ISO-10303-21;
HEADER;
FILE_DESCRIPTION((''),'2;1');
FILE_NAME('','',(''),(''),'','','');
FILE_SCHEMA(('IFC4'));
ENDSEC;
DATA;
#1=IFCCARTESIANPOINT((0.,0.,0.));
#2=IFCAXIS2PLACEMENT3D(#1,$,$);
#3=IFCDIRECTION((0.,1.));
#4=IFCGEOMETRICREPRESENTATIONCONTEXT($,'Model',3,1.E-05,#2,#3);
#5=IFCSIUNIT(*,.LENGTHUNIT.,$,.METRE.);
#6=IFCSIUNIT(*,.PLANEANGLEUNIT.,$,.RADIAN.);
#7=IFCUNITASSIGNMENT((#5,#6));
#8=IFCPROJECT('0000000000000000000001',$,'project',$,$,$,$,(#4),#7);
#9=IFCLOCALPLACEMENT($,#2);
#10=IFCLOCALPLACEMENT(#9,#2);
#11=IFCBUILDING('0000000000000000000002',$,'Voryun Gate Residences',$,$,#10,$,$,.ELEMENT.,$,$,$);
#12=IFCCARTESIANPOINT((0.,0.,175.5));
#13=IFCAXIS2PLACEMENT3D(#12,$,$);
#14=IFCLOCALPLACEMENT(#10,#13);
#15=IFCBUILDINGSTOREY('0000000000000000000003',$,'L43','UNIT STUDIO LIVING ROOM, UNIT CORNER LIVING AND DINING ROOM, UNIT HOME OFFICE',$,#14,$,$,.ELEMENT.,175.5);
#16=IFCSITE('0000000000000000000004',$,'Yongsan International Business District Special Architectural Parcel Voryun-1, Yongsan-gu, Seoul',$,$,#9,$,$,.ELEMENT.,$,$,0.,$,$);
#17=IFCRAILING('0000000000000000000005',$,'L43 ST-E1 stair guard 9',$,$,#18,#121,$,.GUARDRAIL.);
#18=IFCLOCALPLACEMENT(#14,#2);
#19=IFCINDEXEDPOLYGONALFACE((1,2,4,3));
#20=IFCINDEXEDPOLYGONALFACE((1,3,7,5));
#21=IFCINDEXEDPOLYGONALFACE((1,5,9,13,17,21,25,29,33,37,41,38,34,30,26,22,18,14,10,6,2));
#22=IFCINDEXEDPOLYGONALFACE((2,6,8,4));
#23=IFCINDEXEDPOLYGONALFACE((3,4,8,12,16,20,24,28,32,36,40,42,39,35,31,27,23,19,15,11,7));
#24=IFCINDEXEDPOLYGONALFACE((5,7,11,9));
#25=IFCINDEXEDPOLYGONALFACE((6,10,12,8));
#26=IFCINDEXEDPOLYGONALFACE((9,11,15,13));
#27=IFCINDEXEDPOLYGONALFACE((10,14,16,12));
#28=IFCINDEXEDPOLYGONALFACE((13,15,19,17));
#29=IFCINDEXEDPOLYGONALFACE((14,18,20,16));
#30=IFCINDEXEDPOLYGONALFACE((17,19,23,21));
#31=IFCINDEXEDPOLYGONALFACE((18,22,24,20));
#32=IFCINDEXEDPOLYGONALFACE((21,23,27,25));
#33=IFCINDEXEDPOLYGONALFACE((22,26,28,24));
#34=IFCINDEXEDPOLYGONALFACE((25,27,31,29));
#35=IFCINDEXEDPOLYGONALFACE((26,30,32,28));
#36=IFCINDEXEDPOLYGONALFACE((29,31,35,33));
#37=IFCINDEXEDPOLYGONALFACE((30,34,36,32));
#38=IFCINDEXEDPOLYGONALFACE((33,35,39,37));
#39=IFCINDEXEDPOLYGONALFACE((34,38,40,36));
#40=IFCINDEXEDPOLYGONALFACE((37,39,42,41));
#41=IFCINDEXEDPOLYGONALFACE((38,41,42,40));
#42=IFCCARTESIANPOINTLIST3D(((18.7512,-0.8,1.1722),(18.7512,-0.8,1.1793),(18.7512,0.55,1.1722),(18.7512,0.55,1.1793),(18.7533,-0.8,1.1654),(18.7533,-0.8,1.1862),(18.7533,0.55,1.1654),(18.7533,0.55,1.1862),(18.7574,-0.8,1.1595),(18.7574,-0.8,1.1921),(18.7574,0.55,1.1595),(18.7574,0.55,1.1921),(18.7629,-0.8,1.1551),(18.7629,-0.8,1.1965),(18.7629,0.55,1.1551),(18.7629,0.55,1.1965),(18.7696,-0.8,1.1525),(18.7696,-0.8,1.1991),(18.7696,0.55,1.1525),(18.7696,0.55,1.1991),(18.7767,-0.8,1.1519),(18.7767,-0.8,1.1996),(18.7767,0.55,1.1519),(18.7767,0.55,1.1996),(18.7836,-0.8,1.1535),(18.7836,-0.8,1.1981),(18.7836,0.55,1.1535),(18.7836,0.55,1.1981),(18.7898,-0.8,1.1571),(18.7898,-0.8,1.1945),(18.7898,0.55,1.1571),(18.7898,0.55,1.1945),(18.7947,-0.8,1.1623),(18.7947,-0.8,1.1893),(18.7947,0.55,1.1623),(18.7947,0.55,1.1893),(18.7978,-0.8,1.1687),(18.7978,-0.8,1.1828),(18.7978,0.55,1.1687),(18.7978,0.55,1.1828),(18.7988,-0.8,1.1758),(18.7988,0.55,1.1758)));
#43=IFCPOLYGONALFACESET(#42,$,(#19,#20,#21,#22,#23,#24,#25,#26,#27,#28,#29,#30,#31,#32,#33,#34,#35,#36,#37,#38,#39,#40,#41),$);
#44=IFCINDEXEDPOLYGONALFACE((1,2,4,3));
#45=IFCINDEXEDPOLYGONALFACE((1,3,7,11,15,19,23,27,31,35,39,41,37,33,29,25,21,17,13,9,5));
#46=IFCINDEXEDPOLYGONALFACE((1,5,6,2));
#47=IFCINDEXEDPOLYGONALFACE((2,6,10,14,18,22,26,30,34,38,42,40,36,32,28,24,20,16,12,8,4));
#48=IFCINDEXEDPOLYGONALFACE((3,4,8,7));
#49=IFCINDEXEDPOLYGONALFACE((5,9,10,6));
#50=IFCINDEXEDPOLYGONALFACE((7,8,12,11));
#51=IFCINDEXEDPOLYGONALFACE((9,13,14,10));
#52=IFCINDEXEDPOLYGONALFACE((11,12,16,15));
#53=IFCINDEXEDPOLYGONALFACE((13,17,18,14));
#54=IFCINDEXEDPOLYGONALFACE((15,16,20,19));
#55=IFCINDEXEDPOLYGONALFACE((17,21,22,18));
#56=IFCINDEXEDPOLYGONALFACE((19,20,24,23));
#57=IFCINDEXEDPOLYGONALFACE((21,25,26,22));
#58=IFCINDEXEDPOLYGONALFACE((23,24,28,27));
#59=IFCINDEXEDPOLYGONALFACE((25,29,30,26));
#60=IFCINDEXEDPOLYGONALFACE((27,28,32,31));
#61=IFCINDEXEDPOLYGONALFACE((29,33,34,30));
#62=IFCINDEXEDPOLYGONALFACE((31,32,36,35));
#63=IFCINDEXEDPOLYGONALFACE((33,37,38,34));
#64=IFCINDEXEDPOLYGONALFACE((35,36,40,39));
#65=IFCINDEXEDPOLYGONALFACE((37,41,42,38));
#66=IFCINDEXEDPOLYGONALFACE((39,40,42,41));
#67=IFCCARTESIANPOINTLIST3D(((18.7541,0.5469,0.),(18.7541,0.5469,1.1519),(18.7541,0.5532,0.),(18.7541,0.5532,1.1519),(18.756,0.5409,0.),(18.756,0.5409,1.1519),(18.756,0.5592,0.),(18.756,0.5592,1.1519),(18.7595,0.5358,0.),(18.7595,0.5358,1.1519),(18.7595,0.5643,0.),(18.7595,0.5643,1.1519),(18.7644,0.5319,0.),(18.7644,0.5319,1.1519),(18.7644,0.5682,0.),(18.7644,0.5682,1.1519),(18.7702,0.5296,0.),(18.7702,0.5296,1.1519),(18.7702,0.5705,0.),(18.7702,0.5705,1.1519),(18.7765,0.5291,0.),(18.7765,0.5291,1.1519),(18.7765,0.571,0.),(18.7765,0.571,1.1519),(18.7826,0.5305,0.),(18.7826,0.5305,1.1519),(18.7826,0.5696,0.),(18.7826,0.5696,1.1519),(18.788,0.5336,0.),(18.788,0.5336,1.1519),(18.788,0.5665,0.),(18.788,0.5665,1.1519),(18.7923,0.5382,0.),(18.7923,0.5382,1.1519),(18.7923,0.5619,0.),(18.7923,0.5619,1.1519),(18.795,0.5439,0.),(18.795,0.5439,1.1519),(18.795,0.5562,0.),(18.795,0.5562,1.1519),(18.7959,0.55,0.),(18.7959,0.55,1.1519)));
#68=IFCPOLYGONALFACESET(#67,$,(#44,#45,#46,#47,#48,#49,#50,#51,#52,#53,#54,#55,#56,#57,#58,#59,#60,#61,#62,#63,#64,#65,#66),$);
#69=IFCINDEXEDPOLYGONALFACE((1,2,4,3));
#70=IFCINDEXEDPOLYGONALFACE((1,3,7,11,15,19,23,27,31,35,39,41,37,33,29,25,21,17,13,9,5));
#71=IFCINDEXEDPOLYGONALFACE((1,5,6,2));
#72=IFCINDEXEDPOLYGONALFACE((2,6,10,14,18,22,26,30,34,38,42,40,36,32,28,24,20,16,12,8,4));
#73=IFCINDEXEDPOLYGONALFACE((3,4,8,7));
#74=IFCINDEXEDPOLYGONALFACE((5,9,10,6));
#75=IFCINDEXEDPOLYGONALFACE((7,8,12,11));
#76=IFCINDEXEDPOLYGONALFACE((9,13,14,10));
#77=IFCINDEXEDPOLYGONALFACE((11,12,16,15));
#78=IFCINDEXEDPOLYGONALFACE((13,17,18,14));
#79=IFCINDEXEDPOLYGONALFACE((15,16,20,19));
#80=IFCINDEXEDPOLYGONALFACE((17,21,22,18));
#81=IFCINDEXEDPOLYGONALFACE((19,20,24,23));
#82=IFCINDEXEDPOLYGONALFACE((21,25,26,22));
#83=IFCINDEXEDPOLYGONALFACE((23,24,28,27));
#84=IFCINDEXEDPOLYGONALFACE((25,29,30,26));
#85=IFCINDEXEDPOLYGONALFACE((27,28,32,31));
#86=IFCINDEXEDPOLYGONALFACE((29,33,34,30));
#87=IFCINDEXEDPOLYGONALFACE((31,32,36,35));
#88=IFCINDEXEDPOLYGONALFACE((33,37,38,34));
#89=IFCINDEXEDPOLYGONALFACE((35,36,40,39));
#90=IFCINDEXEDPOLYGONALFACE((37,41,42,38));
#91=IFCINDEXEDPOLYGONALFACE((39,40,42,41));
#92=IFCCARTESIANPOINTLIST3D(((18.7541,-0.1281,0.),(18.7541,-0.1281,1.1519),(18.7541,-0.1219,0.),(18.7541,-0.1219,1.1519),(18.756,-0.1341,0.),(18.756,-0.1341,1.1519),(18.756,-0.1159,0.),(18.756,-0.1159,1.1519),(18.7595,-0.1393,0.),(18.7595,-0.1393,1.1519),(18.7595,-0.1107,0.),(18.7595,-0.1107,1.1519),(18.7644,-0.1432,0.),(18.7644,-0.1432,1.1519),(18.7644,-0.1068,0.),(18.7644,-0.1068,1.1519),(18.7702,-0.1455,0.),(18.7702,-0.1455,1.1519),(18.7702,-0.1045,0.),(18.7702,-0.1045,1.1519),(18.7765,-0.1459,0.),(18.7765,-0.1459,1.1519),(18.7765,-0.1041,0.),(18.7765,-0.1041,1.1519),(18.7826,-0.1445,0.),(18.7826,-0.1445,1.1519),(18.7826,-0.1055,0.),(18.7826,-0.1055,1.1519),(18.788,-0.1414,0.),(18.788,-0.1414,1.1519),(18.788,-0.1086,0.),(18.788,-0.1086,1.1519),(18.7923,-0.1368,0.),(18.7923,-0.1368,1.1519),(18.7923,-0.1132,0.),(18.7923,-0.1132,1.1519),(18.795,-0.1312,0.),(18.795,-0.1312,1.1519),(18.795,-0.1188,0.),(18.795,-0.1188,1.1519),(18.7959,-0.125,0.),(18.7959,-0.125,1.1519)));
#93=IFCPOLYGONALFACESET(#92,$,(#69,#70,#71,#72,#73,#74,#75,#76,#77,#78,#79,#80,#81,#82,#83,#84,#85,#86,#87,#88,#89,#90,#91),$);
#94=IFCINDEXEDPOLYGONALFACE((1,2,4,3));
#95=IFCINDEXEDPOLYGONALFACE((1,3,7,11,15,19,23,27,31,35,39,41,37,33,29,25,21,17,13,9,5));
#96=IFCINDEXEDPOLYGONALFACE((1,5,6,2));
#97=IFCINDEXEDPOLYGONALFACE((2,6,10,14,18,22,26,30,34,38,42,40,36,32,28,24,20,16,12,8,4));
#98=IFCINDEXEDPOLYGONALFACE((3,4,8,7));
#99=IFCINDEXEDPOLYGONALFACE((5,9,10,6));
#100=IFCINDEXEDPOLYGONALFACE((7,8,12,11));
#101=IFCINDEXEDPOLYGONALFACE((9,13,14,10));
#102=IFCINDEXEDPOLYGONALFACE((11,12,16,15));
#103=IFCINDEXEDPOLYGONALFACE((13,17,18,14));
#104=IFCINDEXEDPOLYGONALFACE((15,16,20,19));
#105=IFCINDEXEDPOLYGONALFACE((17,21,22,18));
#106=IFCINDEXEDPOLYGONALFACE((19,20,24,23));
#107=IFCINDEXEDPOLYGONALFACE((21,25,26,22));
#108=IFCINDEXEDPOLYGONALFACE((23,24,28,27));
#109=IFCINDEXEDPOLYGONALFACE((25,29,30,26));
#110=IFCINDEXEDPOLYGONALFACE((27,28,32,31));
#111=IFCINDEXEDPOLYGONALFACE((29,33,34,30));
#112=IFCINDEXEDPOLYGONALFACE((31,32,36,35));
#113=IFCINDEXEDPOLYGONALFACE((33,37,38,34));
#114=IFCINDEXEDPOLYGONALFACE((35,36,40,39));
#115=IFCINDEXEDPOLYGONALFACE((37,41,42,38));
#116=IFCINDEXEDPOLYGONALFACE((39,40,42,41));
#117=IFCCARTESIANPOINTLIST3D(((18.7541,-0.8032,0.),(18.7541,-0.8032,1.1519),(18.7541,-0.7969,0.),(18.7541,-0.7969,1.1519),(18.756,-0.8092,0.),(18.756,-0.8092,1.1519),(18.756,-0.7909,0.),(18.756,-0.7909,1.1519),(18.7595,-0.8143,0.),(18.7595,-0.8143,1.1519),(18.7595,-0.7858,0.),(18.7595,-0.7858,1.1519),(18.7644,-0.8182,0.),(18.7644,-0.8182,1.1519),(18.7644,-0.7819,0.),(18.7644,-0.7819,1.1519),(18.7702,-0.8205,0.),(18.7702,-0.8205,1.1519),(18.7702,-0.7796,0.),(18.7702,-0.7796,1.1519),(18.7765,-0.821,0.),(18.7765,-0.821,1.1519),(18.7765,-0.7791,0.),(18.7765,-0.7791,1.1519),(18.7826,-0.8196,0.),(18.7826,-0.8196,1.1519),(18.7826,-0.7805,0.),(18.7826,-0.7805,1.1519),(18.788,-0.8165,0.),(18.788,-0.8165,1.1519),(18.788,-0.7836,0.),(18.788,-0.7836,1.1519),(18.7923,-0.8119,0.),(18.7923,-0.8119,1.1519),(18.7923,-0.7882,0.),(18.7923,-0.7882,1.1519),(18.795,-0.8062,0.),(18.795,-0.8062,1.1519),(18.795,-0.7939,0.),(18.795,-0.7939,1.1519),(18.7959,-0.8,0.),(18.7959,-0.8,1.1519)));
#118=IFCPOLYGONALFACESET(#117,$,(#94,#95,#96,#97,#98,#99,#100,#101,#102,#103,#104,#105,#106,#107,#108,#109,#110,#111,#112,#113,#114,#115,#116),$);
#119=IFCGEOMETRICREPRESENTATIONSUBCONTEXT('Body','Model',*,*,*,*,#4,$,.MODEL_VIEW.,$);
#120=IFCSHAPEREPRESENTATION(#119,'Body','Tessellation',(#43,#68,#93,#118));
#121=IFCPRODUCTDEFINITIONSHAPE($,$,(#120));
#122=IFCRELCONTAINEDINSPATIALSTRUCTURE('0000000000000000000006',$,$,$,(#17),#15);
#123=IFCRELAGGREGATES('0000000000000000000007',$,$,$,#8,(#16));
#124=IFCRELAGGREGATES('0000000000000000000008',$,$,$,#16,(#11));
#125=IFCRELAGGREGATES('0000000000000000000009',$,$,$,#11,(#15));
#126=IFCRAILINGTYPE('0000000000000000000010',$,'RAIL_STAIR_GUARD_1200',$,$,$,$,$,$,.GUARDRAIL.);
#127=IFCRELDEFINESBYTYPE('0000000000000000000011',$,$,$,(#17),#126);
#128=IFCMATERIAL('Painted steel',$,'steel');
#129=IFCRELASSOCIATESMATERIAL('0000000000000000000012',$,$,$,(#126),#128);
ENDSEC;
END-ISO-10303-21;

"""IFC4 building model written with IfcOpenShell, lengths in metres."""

from ifc_helpers import new_model, si_unit, direction, frame, origin, origin_2d, place, context, subcontext, project, spatial, circle, extrude, material, type_object, element, save


model = new_model("IFC4")

# Units and contexts
model_context = context("Model", 3, precision=1e-05, world=origin(), true_north=direction((0.0, 1.0)))
body_context = subcontext(model_context, "Body", "Model", "MODEL_VIEW")
ifc_project = project(units=[si_unit("LENGTHUNIT", "METRE"), si_unit("PLANEANGLEUNIT", "RADIAN")], contexts=[model_context])

# Site, building, storey
site_placement = place(None, origin())
site = spatial("IfcSite", under=ifc_project, at=site_placement, Name="Yongsan International Business District Special Architectural Parcel Voryun-1, Yongsan-gu, Seoul", CompositionType="ELEMENT", RefElevation=0.0)
building_placement = place(site_placement, origin())
building = spatial("IfcBuilding", under=site, at=building_placement, Name="Voryun Gate Residences", CompositionType="ELEMENT")
storey_placement = place(building_placement, frame((0.0, 0.0, 175.5)))
storey = spatial("IfcBuildingStorey", under=building, at=storey_placement, Name="L43", Description="UNIT STUDIO LIVING ROOM, UNIT CORNER LIVING AND DINING ROOM, UNIT HOME OFFICE", CompositionType="ELEMENT", Elevation=175.5)

# Railing
ifc_material_1 = material(Name="Painted steel", Category="steel")
railing_type_1 = type_object("IfcRailingType", Name="RAIL_STAIR_GUARD_1200", PredefinedType="GUARDRAIL", material=ifc_material_1)
for number, where, name in (
    (1, (18.7749, 0.55, 0.0), "L43 ST-E1 stair guard 9"),
):
    element("IfcRailing", number, at=place(storey_placement, frame(where)), inside=storey, type_object=railing_type_1, Name=name, PredefinedType="GUARDRAIL", context=body_context, shape_type="SweptSolid", body=[
        extrude(circle(Radius=0.0239, at=origin_2d()), frame((0.0, 0.0, 1.1758), z_axis=(0.0, -1.0, 0.0), x_axis=(1.0, 0.0, 0.0)), (0.0, 0.0, 1.0), 1.3501),
        extrude(circle(Radius=0.021, at=origin_2d()), origin(), (0.0, 0.0, 1.0), 1.1519),
        extrude(circle(Radius=0.021, at=origin_2d()), frame((0.0, -0.675, 0.0)), (0.0, 0.0, 1.0), 1.1519),
        extrude(circle(Radius=0.021, at=origin_2d()), frame((0.0, -1.3501, 0.0)), (0.0, 0.0, 1.0), 1.1519),
    ])

save(model, "model.ifc")
